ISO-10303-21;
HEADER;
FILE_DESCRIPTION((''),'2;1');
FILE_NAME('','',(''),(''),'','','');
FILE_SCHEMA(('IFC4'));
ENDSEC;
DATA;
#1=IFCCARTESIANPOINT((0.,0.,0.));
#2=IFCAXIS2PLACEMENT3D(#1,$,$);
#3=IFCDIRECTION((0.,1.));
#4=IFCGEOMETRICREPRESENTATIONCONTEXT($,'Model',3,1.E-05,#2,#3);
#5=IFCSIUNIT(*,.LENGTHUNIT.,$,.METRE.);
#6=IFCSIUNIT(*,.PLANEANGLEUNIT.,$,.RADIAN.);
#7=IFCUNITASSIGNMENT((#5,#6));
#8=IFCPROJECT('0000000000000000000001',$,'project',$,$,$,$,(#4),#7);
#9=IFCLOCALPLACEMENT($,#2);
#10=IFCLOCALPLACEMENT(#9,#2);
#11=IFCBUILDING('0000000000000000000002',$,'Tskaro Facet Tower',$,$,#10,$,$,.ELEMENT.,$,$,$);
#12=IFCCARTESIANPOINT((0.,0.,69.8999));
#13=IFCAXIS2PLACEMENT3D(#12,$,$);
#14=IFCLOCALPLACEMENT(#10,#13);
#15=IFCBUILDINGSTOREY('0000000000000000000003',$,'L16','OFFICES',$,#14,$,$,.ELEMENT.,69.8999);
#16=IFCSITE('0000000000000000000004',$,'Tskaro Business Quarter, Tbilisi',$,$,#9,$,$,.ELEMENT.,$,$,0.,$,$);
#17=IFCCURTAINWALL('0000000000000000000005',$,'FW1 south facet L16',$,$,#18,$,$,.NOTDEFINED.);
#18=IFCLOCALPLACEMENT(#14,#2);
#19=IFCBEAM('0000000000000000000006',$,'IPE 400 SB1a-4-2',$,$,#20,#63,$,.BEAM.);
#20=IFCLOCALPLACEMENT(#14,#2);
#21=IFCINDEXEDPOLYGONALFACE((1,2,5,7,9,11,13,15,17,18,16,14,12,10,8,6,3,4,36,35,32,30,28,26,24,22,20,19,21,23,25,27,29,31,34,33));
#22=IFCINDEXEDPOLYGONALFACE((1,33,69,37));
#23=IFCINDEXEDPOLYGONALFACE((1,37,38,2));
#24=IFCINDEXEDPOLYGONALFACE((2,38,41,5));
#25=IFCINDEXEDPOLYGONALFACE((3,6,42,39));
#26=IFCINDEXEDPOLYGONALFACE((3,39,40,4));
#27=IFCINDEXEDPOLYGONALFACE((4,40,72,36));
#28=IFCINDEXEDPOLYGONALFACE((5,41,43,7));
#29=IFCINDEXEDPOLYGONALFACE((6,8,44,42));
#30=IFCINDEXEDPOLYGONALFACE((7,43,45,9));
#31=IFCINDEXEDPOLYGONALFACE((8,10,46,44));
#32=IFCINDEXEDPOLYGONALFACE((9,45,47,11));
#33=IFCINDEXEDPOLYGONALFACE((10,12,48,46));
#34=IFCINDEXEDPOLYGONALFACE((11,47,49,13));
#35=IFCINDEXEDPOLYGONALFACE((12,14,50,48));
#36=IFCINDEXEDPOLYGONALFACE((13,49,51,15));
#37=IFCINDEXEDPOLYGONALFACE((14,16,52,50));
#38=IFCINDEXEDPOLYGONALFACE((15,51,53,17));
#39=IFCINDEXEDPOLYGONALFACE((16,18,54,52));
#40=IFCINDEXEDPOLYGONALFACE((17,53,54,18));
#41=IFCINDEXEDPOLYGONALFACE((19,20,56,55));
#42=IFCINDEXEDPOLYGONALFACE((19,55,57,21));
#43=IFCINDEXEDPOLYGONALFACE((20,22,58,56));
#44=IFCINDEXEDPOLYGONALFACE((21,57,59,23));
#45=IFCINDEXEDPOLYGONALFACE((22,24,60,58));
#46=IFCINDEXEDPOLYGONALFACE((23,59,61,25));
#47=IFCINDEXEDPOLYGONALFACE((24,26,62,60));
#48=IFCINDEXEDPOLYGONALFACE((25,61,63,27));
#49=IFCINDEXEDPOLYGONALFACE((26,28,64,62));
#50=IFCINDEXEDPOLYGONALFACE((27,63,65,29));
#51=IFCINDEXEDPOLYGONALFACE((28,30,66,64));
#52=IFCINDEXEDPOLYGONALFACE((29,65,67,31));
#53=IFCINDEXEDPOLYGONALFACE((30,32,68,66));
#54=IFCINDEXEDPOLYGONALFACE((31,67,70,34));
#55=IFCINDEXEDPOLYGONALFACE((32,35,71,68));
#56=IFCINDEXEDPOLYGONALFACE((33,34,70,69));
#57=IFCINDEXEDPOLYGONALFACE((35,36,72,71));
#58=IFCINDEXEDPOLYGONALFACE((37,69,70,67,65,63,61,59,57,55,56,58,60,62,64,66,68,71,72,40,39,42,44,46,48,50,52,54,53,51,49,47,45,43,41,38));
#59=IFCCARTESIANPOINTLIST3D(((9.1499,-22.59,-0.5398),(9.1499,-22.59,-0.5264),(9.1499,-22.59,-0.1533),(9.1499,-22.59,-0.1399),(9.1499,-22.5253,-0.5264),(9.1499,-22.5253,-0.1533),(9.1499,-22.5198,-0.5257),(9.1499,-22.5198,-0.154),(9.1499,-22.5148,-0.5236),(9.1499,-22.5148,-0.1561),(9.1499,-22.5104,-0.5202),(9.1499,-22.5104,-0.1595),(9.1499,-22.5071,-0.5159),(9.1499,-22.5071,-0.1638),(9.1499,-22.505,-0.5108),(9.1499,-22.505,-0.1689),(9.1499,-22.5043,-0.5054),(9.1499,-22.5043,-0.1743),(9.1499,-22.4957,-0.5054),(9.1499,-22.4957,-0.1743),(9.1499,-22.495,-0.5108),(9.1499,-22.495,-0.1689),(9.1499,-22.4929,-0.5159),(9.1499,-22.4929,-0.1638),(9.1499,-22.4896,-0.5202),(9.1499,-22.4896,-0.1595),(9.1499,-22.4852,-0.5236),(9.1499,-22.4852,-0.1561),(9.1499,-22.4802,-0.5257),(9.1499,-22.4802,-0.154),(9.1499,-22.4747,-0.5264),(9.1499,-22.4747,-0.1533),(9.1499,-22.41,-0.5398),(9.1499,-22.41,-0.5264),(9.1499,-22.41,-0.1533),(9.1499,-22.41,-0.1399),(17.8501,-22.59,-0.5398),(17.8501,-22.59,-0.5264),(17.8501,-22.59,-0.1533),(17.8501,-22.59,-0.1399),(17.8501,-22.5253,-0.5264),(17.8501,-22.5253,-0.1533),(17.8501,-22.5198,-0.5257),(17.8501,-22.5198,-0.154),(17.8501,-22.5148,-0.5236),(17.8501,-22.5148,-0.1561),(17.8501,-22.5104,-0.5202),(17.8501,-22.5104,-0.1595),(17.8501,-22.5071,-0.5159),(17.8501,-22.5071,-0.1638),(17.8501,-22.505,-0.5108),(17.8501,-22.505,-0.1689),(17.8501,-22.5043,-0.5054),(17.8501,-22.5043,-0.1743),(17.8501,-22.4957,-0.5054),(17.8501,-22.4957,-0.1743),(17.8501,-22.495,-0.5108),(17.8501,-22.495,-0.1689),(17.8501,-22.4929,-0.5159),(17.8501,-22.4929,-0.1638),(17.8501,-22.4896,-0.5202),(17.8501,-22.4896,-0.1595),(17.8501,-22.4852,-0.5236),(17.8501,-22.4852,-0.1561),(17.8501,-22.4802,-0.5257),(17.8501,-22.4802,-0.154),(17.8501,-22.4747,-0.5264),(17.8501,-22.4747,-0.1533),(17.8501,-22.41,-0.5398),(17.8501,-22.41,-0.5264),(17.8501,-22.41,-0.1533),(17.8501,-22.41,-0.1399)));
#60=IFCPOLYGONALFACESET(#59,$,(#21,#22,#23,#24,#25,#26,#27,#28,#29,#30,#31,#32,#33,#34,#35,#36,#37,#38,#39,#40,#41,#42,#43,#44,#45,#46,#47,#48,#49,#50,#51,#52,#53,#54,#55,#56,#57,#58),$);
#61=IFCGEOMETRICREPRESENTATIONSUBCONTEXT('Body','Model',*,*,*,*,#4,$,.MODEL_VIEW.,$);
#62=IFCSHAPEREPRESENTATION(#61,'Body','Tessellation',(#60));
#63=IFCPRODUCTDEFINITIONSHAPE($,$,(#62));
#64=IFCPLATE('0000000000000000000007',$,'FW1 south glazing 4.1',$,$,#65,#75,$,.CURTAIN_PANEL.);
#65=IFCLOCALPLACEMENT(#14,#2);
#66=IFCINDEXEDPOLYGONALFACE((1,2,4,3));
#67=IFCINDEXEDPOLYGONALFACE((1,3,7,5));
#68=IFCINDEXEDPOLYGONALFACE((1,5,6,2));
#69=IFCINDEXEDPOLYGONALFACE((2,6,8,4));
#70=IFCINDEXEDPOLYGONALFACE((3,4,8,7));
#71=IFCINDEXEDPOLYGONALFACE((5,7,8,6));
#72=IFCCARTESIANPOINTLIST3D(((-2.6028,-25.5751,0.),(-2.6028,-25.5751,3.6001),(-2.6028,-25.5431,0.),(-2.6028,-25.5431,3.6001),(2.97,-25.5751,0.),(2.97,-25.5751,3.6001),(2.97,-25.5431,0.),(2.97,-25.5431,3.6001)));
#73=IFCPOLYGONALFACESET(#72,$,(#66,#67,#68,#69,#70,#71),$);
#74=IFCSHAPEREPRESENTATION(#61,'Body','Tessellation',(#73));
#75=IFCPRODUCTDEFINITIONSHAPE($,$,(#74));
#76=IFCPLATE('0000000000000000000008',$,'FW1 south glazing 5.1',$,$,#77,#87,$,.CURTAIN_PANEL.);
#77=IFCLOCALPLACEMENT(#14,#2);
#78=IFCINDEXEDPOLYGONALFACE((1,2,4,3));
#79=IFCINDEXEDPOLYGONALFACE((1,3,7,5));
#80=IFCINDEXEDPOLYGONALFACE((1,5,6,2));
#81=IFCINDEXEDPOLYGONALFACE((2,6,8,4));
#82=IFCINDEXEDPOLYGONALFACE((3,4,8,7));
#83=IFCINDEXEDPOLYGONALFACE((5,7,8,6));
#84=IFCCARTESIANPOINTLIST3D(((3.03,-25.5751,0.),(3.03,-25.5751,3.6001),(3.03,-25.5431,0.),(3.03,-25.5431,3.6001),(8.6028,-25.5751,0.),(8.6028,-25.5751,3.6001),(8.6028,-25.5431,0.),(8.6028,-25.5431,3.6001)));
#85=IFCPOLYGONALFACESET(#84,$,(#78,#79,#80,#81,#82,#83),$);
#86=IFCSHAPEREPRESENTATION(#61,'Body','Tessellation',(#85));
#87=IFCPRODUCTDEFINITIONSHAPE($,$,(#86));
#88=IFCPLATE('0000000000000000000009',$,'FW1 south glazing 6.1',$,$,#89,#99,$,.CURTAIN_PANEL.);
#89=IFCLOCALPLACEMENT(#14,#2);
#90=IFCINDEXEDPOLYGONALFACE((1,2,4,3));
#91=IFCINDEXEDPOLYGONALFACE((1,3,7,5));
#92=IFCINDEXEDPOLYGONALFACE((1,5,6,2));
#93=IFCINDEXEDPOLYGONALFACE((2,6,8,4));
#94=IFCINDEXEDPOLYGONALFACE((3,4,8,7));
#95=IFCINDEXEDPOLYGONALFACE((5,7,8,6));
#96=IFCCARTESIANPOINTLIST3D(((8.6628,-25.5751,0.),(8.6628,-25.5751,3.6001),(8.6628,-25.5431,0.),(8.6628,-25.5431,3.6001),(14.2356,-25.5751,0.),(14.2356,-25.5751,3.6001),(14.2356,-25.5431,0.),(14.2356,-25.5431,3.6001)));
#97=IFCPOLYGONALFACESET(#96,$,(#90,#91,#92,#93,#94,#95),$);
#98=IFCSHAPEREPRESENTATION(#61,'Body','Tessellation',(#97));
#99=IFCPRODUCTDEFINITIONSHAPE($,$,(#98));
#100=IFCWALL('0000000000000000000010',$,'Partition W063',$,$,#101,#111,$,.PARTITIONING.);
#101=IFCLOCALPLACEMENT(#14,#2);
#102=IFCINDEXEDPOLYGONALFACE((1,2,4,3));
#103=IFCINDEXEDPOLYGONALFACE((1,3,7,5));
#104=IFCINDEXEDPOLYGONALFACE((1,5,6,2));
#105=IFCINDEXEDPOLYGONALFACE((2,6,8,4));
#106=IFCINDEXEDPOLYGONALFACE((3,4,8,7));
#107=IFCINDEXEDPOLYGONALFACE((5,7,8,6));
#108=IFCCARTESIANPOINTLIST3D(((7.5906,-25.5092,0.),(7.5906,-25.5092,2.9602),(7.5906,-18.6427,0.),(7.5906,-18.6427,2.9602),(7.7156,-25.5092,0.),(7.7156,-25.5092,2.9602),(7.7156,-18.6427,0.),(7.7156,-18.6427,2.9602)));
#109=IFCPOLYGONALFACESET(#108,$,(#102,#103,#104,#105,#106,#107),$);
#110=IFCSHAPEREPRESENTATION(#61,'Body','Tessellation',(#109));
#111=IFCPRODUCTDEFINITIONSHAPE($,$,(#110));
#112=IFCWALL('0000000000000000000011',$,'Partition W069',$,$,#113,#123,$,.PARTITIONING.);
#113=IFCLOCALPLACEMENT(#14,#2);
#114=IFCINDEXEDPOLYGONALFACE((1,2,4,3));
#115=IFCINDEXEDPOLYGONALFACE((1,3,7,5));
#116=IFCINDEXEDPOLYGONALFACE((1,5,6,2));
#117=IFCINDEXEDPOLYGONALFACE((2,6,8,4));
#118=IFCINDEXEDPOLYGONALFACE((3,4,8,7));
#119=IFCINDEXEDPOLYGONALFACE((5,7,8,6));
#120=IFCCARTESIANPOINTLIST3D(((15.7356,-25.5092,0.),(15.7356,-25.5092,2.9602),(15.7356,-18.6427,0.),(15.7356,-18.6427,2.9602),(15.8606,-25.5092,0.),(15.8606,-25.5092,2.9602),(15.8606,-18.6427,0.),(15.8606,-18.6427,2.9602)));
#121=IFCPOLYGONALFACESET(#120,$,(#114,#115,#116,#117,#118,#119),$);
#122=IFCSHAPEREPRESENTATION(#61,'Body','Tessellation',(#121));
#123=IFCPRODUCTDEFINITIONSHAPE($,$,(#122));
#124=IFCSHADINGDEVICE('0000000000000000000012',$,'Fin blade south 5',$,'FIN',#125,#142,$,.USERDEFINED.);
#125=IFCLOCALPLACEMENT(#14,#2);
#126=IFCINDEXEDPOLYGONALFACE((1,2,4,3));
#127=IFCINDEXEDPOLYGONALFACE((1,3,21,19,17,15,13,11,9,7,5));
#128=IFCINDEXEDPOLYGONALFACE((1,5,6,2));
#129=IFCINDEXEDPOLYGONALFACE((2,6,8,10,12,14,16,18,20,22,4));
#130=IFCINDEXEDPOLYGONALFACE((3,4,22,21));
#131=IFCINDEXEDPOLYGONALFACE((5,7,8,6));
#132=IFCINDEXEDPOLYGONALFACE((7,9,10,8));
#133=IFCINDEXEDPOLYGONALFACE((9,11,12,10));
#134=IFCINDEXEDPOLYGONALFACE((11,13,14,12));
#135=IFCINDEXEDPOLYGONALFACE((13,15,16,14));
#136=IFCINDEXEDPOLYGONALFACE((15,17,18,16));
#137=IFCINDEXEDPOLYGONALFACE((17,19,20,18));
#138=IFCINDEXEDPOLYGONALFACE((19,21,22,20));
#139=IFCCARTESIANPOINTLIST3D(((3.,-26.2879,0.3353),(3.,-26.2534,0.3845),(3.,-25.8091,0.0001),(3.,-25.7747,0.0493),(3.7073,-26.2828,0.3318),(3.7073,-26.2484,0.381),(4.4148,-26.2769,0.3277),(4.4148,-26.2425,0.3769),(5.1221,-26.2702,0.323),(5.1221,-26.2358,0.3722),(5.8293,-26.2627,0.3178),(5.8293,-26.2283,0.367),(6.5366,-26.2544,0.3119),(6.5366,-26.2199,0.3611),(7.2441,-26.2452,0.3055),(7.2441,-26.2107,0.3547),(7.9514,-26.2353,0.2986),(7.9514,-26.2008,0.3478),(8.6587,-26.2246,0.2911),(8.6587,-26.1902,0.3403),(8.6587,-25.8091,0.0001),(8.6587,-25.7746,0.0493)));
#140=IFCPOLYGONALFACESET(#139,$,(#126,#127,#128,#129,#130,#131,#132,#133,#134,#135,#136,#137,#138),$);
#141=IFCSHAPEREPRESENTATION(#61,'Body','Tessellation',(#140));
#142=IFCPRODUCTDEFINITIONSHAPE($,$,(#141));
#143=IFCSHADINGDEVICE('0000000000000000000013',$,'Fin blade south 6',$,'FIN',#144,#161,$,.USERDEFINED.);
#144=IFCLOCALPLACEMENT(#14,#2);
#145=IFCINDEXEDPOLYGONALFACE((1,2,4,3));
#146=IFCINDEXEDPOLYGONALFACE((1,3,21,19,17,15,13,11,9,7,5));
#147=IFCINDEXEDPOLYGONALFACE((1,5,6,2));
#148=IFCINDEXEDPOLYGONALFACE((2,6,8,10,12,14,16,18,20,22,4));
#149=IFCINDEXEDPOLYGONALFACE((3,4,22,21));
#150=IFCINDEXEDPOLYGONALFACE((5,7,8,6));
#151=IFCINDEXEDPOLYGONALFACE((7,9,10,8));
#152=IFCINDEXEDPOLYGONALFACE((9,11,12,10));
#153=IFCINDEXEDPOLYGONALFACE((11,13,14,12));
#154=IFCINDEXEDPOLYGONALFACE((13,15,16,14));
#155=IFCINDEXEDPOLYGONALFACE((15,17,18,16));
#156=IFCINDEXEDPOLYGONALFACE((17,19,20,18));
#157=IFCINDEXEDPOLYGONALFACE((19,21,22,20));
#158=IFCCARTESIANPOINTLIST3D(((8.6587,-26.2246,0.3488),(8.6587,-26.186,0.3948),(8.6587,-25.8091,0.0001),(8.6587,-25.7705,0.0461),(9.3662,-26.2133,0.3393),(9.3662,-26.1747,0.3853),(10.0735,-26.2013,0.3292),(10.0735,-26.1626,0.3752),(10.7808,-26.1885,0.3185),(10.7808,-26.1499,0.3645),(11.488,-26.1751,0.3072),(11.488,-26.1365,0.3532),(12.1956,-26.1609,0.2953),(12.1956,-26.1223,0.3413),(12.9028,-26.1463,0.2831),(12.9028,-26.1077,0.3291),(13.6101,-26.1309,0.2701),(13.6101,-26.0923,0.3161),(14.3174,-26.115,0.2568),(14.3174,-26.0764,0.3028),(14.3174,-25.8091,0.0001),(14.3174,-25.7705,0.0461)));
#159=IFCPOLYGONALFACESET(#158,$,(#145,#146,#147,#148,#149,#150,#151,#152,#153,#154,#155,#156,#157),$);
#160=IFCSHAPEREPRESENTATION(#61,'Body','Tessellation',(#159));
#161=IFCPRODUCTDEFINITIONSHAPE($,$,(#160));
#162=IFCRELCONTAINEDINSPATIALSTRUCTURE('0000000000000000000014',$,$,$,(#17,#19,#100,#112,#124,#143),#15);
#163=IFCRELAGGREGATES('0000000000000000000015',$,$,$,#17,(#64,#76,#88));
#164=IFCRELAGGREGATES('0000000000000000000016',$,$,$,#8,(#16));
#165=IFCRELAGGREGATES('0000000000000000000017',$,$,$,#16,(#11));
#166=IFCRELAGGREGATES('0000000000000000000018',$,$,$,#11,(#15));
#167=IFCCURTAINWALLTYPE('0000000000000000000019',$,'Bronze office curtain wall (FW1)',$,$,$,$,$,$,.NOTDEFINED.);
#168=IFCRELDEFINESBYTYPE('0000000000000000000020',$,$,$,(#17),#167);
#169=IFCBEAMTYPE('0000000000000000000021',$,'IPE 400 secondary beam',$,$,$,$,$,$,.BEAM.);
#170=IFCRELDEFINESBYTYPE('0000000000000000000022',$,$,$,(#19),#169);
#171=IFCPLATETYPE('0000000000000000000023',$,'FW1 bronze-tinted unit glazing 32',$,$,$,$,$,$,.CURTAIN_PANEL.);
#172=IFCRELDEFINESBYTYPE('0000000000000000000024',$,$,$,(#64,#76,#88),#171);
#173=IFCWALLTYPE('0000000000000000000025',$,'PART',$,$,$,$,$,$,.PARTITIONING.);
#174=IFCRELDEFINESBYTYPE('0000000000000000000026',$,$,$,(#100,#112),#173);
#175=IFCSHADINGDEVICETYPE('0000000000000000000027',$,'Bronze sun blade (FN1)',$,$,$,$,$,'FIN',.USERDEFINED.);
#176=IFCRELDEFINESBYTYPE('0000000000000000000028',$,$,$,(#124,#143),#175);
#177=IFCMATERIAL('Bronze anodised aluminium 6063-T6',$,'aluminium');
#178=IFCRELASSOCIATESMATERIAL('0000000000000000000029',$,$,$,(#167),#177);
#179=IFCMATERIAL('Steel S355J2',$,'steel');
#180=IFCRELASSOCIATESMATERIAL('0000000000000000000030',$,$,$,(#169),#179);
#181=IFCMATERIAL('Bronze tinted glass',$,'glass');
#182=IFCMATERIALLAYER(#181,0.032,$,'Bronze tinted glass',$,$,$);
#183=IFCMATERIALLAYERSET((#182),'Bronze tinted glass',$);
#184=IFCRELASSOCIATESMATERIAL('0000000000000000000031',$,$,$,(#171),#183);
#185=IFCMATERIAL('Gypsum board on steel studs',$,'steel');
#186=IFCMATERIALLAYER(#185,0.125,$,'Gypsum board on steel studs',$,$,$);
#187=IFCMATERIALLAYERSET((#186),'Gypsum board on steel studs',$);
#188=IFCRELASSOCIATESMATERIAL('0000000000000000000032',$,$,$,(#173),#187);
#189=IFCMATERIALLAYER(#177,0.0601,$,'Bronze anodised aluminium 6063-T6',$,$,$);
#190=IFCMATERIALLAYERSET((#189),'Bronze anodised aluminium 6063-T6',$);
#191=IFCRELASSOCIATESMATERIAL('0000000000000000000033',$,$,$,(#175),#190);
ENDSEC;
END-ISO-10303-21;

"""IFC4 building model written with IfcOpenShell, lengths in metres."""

from ifc_helpers import new_model, si_unit, direction, frame, frame_2d, origin, origin_2d, place, context, subcontext, project, spatial, polyline, rectangle, i_section, outline, extrude, material, layer, layer_set, material_profile, profile_set, type_object, element, aggregate, save


model = new_model("IFC4")

# Units and contexts
model_context = context("Model", 3, precision=1e-05, world=origin(), true_north=direction((0.0, 1.0)))
body_context = subcontext(model_context, "Body", "Model", "MODEL_VIEW")
ifc_project = project(units=[si_unit("LENGTHUNIT", "METRE"), si_unit("PLANEANGLEUNIT", "RADIAN")], contexts=[model_context])

# Site, building, storey
site_placement = place(None, origin())
site = spatial("IfcSite", under=ifc_project, at=site_placement, Name="Tskaro Business Quarter, Tbilisi", CompositionType="ELEMENT", RefElevation=0.0)
building_placement = place(site_placement, origin())
building = spatial("IfcBuilding", under=site, at=building_placement, Name="Tskaro Facet Tower", CompositionType="ELEMENT")
storey_placement = place(building_placement, frame((0.0, 0.0, 69.8999)))
storey = spatial("IfcBuildingStorey", under=building, at=storey_placement, Name="L16", Description="OFFICES", CompositionType="ELEMENT", Elevation=69.8999)

# Curtain wall
ifc_material_1 = material(Name="Bronze anodised aluminium 6063-T6", Category="aluminium")
curtain_wall_type = type_object("IfcCurtainWallType", Name="Bronze office curtain wall (FW1)", PredefinedType="NOTDEFINED", material=ifc_material_1)
curtain_wall_placement = place(storey_placement, origin())
curtain_wall = element("IfcCurtainWall", 1, at=curtain_wall_placement, inside=storey, type_object=curtain_wall_type, Name="FW1 south facet L16", PredefinedType="NOTDEFINED")

# Beam
ifc_material_2 = material(Name="Steel S355J2", Category="steel")
ifc_material_profile_1 = material_profile(ifc_material_2, i_section(OverallWidth=0.1799, OverallDepth=0.3999, WebThickness=0.0085, FlangeThickness=0.0134, FilletRadius=0.021, at=origin_2d()), Name="IPE 400")
ifc_profile_set_1 = profile_set([ifc_material_profile_1], Name="Steel S355J2")
beam_type_1 = type_object("IfcBeamType", Name="IPE 400 secondary beam", PredefinedType="BEAM", material=ifc_profile_set_1)
for number, where, z_axis, x_axis, name in (
    (2, (9.1499, -22.5, -0.3398), (1.0, 0.0, 0.0), (0.0, 1.0, 0.0), "IPE 400 SB1a-4-2"),
):
    element("IfcBeam", number, at=place(storey_placement, frame(where, z_axis=z_axis, x_axis=x_axis)), inside=storey, type_object=beam_type_1, Name=name, PredefinedType="BEAM", context=body_context, shape_type="SweptSolid", body=[
        extrude(i_section(OverallWidth=0.1799, OverallDepth=0.3999, WebThickness=0.0085, FlangeThickness=0.0134, FilletRadius=0.021, at=origin_2d()), origin(), (0.0, 0.0, 1.0), 8.7002),
    ])

# Plates
ifc_material_3 = material(Name="Bronze tinted glass", Category="glass")
ifc_layer_1 = layer(ifc_material_3, 0.032, Name="Bronze tinted glass")
ifc_layer_set_1 = layer_set([ifc_layer_1], Name="Bronze tinted glass")
plate_type = type_object("IfcPlateType", Name="FW1 bronze-tinted unit glazing 32", PredefinedType="CURTAIN_PANEL", material=ifc_layer_set_1)
plate_1_placement = place(storey_placement, frame((0.1836, -25.5591, 0.0), z_axis=(0.0, 0.0, 1.0), x_axis=(1.0, 0.0, 0.0)))
plate_1 = element("IfcPlate", 3, at=plate_1_placement, type_object=plate_type, Name="FW1 south glazing 4.1", PredefinedType="CURTAIN_PANEL", context=body_context, shape_type="SweptSolid", body=[
    extrude(rectangle(XDim=5.5728, YDim=0.032, at=origin_2d()), origin(), (0.0, 0.0, 1.0), 3.6001),
])
plate_2_placement = place(storey_placement, frame((5.8164, -25.5591, 0.0), z_axis=(0.0, 0.0, 1.0), x_axis=(1.0, 0.0, 0.0)))
plate_2 = element("IfcPlate", 4, at=plate_2_placement, type_object=plate_type, Name="FW1 south glazing 5.1", PredefinedType="CURTAIN_PANEL", context=body_context, shape_type="SweptSolid", body=[
    extrude(rectangle(XDim=5.5728, YDim=0.032, at=origin_2d()), origin(), (0.0, 0.0, 1.0), 3.6001),
])
plate_3_placement = place(storey_placement, frame((11.4492, -25.5591, 0.0), z_axis=(0.0, 0.0, 1.0), x_axis=(1.0, 0.0, 0.0)))
plate_3 = element("IfcPlate", 5, at=plate_3_placement, type_object=plate_type, Name="FW1 south glazing 6.1", PredefinedType="CURTAIN_PANEL", context=body_context, shape_type="SweptSolid", body=[
    extrude(rectangle(XDim=5.5728, YDim=0.032, at=origin_2d()), origin(), (0.0, 0.0, 1.0), 3.6001),
])
aggregate(curtain_wall, [plate_1, plate_2, plate_3])

# Walls
ifc_material_4 = material(Name="Gypsum board on steel studs", Category="steel")
ifc_layer_2 = layer(ifc_material_4, 0.125, Name="Gypsum board on steel studs")
ifc_layer_set_2 = layer_set([ifc_layer_2], Name="Gypsum board on steel studs")
wall_type = type_object("IfcWallType", Name="PART", PredefinedType="PARTITIONING", material=ifc_layer_set_2)
for number, where, z_axis, x_axis, name in (
    (6, (7.6531, -25.509, 0.0), (0.0, 0.0, 1.0), (0.0, 1.0, 0.0), "Partition W063"),
    (7, (15.7981, -25.509, 0.0), (0.0, 0.0, 1.0), (0.0, 1.0, 0.0), "Partition W069"),
):
    element("IfcWall", number, at=place(storey_placement, frame(where, z_axis=z_axis, x_axis=x_axis)), inside=storey, type_object=wall_type, Name=name, PredefinedType="PARTITIONING", context=body_context, shape_type="SweptSolid", body=[
        extrude(rectangle(XDim=6.8665, YDim=0.125, at=frame_2d((3.4331, 0.0))), origin(), (0.0, 0.0, 1.0), 2.9602),
    ])

# Shading devices
ifc_layer_3 = layer(ifc_material_1, 0.0601, Name="Bronze anodised aluminium 6063-T6")
ifc_layer_set_3 = layer_set([ifc_layer_3], Name="Bronze anodised aluminium 6063-T6")
shading_device_type = type_object("IfcShadingDeviceType", Name="Bronze sun blade (FN1)", ElementType="FIN", PredefinedType="USERDEFINED", material=ifc_layer_set_3)
shading_device_1_placement = place(storey_placement, frame((3.0, -25.7747, 0.0493), z_axis=(-0.000006, 0.573579, 0.81915), x_axis=(1.0, 0.000003, 0.000005)))
element("IfcShadingDevice", 8, at=shading_device_1_placement, inside=storey, type_object=shading_device_type, Name="Fin blade south 5", ObjectType="FIN", PredefinedType="USERDEFINED", context=body_context, shape_type="SweptSolid", body=[
    extrude(outline(polyline([(0.0, 0.0), (5.6587, 0.0), (5.6587, -0.5073), (4.9514, -0.5203), (4.2441, -0.5324), (3.5366, -0.5436), (2.8293, -0.5538), (2.1221, -0.5629), (1.4148, -0.5711), (0.7073, -0.5783), (0.0, -0.5844), (0.0, 0.0)])), origin(), (0.0, 0.0, -1.0), 0.0601),
])
shading_device_2_placement = place(storey_placement, frame((8.6587, -25.7705, 0.0461), z_axis=(0.000003, 0.642785, 0.766046), x_axis=(1.0, -0.000002, -0.000002)))
element("IfcShadingDevice", 9, at=shading_device_2_placement, inside=storey, type_object=shading_device_type, Name="Fin blade south 6", ObjectType="FIN", PredefinedType="USERDEFINED", context=body_context, shape_type="SweptSolid", body=[
    extrude(outline(polyline([(0.0, 0.0), (5.6587, 0.0), (5.6587, -0.3993), (4.9514, -0.4201), (4.2441, -0.4402), (3.5369, -0.4592), (2.8293, -0.4778), (2.1221, -0.4953), (1.4148, -0.5119), (0.7075, -0.5277), (0.0, -0.5424), (0.0, 0.0)])), origin(), (0.0, 0.0, -1.0), 0.0601),
])

save(model, "model.ifc")
